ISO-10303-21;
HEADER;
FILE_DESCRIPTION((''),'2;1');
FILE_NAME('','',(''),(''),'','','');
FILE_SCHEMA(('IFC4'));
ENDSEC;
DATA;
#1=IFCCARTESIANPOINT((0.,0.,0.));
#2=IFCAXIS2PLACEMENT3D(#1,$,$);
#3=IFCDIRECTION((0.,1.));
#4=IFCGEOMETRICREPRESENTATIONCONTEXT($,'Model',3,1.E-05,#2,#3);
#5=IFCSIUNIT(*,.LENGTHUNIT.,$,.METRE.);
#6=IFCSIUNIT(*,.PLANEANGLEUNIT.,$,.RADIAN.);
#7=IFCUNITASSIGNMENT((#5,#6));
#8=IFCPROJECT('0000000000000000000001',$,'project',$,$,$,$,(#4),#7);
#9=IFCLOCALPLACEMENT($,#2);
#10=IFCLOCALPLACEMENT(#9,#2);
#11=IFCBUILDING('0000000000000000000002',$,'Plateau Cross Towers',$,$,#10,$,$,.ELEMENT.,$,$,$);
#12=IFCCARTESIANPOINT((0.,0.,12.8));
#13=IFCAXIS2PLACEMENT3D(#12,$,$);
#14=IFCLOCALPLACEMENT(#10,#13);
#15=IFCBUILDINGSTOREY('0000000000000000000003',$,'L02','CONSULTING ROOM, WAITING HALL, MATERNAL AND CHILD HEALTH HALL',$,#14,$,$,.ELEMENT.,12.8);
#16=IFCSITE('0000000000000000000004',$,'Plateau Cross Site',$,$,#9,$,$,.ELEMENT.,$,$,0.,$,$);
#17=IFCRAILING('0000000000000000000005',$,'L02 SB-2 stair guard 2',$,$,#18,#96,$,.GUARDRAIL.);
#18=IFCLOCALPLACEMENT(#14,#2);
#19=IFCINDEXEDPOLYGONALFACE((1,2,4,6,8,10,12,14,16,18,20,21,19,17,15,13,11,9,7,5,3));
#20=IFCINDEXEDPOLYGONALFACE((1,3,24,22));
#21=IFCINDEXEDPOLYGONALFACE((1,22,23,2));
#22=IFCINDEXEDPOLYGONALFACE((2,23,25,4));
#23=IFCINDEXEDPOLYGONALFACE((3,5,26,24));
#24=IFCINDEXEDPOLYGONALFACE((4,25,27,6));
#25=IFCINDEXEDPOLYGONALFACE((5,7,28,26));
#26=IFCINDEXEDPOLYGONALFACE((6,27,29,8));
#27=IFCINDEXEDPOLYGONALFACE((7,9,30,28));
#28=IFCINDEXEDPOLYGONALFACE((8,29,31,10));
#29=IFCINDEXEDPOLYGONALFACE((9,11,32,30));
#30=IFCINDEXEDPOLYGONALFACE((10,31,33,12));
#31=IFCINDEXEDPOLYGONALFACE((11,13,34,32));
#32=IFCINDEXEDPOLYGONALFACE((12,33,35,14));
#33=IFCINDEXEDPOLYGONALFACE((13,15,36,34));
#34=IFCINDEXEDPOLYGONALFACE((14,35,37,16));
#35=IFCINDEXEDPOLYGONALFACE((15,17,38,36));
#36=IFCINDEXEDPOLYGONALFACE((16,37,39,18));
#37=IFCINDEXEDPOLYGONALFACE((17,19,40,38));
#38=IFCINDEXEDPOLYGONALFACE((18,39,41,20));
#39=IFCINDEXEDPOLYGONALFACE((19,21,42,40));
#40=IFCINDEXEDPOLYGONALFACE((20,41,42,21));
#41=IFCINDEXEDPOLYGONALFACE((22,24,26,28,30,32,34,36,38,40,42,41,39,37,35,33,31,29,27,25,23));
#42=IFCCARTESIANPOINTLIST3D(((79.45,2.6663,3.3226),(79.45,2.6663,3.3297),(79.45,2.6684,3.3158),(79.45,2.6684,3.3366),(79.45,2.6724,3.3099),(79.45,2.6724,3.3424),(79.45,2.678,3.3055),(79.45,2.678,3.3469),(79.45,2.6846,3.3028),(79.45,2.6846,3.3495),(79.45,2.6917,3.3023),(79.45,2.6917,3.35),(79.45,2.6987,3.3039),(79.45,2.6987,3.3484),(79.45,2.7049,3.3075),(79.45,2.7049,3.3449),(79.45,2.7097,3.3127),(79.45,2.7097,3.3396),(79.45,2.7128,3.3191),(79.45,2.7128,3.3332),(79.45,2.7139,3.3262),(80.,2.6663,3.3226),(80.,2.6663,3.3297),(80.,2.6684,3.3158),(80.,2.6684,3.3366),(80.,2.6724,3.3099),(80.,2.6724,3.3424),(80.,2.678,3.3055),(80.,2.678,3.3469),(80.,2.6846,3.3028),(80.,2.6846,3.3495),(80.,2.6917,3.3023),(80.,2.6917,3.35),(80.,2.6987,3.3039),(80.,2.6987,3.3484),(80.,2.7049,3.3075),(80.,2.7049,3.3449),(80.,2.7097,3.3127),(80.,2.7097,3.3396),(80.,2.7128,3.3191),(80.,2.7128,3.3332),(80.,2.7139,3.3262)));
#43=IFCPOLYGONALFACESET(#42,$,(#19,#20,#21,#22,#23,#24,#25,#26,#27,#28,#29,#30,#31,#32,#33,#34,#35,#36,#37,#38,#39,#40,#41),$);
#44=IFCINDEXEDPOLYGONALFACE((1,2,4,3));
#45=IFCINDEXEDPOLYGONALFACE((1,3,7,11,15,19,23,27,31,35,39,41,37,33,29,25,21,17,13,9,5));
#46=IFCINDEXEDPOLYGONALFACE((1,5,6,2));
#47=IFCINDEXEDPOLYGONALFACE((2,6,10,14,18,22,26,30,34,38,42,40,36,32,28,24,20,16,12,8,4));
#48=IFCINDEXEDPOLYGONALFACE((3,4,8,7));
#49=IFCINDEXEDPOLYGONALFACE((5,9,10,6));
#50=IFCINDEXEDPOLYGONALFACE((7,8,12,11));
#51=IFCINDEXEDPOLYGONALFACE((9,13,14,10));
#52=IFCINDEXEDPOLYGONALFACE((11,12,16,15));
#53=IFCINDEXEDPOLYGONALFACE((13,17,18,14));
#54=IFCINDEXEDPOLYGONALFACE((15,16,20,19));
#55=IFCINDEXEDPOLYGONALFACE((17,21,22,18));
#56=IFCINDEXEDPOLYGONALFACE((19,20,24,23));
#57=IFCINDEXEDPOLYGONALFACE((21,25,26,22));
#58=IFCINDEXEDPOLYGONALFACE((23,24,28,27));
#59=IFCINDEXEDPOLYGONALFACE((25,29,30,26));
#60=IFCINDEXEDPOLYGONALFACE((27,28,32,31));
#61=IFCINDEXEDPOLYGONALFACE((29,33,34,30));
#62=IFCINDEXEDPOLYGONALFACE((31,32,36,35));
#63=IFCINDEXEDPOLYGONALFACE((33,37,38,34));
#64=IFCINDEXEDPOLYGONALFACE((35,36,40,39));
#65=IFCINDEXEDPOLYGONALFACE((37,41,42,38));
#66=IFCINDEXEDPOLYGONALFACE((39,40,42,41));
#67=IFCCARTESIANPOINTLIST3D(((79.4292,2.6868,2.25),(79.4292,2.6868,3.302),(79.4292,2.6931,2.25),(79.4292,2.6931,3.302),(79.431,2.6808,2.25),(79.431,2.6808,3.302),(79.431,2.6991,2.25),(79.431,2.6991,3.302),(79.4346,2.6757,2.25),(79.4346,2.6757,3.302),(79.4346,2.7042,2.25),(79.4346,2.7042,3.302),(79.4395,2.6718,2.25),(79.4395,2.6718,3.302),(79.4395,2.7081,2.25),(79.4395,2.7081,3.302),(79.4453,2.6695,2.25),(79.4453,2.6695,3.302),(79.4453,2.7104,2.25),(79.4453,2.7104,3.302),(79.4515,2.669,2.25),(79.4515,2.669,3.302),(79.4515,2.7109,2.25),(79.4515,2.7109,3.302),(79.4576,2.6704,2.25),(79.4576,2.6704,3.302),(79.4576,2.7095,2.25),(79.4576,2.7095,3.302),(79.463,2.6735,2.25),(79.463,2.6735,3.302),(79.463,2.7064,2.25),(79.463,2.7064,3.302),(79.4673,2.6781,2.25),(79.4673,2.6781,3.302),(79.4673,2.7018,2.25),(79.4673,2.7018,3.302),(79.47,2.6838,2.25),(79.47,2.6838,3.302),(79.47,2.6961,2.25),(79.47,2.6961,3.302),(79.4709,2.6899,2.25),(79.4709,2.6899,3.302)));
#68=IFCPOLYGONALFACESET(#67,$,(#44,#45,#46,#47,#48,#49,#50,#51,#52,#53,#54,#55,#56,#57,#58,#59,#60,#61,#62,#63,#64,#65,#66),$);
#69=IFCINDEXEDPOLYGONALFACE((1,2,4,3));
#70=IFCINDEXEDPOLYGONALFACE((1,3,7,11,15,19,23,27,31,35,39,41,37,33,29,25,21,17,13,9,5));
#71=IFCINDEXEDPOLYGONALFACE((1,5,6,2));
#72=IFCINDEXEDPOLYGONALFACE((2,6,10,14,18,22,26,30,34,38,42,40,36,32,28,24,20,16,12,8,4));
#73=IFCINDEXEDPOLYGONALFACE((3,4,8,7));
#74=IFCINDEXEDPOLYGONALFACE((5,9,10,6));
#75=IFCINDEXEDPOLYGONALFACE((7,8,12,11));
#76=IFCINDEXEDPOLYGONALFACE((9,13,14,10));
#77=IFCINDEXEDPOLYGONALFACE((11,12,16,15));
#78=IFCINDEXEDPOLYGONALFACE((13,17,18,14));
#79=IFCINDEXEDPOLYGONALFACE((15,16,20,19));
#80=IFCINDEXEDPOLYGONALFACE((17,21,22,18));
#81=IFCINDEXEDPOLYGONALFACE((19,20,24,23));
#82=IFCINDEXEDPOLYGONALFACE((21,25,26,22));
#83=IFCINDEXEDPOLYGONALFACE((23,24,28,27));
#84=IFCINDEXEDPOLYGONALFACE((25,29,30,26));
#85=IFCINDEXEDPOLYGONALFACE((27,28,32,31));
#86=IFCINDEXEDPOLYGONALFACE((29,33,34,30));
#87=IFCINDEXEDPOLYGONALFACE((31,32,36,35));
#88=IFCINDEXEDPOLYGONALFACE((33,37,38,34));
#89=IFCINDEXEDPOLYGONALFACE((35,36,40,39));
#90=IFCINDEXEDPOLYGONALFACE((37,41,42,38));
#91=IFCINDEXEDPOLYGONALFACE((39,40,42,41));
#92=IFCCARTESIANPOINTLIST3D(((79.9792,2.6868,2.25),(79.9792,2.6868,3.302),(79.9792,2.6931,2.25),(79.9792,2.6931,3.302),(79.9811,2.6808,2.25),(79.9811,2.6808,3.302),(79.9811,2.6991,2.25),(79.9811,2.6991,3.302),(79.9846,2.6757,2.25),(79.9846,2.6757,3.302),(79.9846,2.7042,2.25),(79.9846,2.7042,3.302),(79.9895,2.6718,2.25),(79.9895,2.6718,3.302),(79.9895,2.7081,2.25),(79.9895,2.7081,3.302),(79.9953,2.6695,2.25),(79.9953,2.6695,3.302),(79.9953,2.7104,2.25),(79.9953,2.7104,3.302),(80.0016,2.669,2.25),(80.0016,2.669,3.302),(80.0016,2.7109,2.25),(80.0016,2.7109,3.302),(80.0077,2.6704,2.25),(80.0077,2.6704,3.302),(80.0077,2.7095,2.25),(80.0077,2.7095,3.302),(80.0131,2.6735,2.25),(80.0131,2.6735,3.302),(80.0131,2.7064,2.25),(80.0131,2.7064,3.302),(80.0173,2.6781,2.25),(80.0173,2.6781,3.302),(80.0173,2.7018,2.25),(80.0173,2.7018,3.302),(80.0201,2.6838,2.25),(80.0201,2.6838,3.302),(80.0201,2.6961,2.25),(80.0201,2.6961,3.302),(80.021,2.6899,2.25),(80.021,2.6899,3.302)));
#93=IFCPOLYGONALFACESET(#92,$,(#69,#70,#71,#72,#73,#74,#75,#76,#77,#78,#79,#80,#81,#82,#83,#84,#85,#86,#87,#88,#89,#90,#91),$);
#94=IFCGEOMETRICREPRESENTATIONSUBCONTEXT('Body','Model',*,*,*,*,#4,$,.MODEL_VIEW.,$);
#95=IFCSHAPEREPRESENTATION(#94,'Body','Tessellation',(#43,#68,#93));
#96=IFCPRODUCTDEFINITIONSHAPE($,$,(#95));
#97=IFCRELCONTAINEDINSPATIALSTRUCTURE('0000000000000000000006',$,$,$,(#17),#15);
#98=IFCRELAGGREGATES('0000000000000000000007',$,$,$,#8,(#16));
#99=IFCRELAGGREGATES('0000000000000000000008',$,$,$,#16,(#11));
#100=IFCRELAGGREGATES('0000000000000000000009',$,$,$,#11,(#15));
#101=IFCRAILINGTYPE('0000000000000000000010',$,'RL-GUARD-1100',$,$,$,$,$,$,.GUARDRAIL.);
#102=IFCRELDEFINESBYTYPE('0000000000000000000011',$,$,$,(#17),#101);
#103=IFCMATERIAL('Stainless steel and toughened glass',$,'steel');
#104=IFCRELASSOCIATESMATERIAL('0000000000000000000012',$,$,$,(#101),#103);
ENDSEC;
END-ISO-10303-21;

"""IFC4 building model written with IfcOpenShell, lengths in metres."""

from ifc_helpers import new_model, si_unit, direction, frame, origin, origin_2d, place, context, subcontext, project, spatial, circle, extrude, material, type_object, element, save


model = new_model("IFC4")

# Units and contexts
model_context = context("Model", 3, precision=1e-05, world=origin(), true_north=direction((0.0, 1.0)))
body_context = subcontext(model_context, "Body", "Model", "MODEL_VIEW")
ifc_project = project(units=[si_unit("LENGTHUNIT", "METRE"), si_unit("PLANEANGLEUNIT", "RADIAN")], contexts=[model_context])

# Site, building, storey
site_placement = place(None, origin())
site = spatial("IfcSite", under=ifc_project, at=site_placement, Name="Plateau Cross Site", CompositionType="ELEMENT", RefElevation=0.0)
building_placement = place(site_placement, origin())
building = spatial("IfcBuilding", under=site, at=building_placement, Name="Plateau Cross Towers", CompositionType="ELEMENT")
storey_placement = place(building_placement, frame((0.0, 0.0, 12.8)))
storey = spatial("IfcBuildingStorey", under=building, at=storey_placement, Name="L02", Description="CONSULTING ROOM, WAITING HALL, MATERNAL AND CHILD HEALTH HALL", CompositionType="ELEMENT", Elevation=12.8)

# Railing
ifc_material_1 = material(Name="Stainless steel and toughened glass", Category="steel")
railing_type_1 = type_object("IfcRailingType", Name="RL-GUARD-1100", PredefinedType="GUARDRAIL", material=ifc_material_1)
railing_1_placement = place(storey_placement, frame((79.45, 2.6899, 2.25)))
element("IfcRailing", 1, at=railing_1_placement, inside=storey, type_object=railing_type_1, Name="L02 SB-2 stair guard 2", PredefinedType="GUARDRAIL", context=body_context, shape_type="SweptSolid", body=[
    extrude(circle(Radius=0.0239, at=origin_2d()), frame((0.0, 0.0, 1.0762), z_axis=(1.0, 0.0, 0.0), x_axis=(0.0, 1.0, 0.0)), (0.0, 0.0, 1.0), 0.55),
    extrude(circle(Radius=0.021, at=origin_2d()), origin(), (0.0, 0.0, 1.0), 1.052),
    extrude(circle(Radius=0.021, at=origin_2d()), frame((0.55, 0.0, 0.0)), (0.0, 0.0, 1.0), 1.052),
])

save(model, "model.ifc")
